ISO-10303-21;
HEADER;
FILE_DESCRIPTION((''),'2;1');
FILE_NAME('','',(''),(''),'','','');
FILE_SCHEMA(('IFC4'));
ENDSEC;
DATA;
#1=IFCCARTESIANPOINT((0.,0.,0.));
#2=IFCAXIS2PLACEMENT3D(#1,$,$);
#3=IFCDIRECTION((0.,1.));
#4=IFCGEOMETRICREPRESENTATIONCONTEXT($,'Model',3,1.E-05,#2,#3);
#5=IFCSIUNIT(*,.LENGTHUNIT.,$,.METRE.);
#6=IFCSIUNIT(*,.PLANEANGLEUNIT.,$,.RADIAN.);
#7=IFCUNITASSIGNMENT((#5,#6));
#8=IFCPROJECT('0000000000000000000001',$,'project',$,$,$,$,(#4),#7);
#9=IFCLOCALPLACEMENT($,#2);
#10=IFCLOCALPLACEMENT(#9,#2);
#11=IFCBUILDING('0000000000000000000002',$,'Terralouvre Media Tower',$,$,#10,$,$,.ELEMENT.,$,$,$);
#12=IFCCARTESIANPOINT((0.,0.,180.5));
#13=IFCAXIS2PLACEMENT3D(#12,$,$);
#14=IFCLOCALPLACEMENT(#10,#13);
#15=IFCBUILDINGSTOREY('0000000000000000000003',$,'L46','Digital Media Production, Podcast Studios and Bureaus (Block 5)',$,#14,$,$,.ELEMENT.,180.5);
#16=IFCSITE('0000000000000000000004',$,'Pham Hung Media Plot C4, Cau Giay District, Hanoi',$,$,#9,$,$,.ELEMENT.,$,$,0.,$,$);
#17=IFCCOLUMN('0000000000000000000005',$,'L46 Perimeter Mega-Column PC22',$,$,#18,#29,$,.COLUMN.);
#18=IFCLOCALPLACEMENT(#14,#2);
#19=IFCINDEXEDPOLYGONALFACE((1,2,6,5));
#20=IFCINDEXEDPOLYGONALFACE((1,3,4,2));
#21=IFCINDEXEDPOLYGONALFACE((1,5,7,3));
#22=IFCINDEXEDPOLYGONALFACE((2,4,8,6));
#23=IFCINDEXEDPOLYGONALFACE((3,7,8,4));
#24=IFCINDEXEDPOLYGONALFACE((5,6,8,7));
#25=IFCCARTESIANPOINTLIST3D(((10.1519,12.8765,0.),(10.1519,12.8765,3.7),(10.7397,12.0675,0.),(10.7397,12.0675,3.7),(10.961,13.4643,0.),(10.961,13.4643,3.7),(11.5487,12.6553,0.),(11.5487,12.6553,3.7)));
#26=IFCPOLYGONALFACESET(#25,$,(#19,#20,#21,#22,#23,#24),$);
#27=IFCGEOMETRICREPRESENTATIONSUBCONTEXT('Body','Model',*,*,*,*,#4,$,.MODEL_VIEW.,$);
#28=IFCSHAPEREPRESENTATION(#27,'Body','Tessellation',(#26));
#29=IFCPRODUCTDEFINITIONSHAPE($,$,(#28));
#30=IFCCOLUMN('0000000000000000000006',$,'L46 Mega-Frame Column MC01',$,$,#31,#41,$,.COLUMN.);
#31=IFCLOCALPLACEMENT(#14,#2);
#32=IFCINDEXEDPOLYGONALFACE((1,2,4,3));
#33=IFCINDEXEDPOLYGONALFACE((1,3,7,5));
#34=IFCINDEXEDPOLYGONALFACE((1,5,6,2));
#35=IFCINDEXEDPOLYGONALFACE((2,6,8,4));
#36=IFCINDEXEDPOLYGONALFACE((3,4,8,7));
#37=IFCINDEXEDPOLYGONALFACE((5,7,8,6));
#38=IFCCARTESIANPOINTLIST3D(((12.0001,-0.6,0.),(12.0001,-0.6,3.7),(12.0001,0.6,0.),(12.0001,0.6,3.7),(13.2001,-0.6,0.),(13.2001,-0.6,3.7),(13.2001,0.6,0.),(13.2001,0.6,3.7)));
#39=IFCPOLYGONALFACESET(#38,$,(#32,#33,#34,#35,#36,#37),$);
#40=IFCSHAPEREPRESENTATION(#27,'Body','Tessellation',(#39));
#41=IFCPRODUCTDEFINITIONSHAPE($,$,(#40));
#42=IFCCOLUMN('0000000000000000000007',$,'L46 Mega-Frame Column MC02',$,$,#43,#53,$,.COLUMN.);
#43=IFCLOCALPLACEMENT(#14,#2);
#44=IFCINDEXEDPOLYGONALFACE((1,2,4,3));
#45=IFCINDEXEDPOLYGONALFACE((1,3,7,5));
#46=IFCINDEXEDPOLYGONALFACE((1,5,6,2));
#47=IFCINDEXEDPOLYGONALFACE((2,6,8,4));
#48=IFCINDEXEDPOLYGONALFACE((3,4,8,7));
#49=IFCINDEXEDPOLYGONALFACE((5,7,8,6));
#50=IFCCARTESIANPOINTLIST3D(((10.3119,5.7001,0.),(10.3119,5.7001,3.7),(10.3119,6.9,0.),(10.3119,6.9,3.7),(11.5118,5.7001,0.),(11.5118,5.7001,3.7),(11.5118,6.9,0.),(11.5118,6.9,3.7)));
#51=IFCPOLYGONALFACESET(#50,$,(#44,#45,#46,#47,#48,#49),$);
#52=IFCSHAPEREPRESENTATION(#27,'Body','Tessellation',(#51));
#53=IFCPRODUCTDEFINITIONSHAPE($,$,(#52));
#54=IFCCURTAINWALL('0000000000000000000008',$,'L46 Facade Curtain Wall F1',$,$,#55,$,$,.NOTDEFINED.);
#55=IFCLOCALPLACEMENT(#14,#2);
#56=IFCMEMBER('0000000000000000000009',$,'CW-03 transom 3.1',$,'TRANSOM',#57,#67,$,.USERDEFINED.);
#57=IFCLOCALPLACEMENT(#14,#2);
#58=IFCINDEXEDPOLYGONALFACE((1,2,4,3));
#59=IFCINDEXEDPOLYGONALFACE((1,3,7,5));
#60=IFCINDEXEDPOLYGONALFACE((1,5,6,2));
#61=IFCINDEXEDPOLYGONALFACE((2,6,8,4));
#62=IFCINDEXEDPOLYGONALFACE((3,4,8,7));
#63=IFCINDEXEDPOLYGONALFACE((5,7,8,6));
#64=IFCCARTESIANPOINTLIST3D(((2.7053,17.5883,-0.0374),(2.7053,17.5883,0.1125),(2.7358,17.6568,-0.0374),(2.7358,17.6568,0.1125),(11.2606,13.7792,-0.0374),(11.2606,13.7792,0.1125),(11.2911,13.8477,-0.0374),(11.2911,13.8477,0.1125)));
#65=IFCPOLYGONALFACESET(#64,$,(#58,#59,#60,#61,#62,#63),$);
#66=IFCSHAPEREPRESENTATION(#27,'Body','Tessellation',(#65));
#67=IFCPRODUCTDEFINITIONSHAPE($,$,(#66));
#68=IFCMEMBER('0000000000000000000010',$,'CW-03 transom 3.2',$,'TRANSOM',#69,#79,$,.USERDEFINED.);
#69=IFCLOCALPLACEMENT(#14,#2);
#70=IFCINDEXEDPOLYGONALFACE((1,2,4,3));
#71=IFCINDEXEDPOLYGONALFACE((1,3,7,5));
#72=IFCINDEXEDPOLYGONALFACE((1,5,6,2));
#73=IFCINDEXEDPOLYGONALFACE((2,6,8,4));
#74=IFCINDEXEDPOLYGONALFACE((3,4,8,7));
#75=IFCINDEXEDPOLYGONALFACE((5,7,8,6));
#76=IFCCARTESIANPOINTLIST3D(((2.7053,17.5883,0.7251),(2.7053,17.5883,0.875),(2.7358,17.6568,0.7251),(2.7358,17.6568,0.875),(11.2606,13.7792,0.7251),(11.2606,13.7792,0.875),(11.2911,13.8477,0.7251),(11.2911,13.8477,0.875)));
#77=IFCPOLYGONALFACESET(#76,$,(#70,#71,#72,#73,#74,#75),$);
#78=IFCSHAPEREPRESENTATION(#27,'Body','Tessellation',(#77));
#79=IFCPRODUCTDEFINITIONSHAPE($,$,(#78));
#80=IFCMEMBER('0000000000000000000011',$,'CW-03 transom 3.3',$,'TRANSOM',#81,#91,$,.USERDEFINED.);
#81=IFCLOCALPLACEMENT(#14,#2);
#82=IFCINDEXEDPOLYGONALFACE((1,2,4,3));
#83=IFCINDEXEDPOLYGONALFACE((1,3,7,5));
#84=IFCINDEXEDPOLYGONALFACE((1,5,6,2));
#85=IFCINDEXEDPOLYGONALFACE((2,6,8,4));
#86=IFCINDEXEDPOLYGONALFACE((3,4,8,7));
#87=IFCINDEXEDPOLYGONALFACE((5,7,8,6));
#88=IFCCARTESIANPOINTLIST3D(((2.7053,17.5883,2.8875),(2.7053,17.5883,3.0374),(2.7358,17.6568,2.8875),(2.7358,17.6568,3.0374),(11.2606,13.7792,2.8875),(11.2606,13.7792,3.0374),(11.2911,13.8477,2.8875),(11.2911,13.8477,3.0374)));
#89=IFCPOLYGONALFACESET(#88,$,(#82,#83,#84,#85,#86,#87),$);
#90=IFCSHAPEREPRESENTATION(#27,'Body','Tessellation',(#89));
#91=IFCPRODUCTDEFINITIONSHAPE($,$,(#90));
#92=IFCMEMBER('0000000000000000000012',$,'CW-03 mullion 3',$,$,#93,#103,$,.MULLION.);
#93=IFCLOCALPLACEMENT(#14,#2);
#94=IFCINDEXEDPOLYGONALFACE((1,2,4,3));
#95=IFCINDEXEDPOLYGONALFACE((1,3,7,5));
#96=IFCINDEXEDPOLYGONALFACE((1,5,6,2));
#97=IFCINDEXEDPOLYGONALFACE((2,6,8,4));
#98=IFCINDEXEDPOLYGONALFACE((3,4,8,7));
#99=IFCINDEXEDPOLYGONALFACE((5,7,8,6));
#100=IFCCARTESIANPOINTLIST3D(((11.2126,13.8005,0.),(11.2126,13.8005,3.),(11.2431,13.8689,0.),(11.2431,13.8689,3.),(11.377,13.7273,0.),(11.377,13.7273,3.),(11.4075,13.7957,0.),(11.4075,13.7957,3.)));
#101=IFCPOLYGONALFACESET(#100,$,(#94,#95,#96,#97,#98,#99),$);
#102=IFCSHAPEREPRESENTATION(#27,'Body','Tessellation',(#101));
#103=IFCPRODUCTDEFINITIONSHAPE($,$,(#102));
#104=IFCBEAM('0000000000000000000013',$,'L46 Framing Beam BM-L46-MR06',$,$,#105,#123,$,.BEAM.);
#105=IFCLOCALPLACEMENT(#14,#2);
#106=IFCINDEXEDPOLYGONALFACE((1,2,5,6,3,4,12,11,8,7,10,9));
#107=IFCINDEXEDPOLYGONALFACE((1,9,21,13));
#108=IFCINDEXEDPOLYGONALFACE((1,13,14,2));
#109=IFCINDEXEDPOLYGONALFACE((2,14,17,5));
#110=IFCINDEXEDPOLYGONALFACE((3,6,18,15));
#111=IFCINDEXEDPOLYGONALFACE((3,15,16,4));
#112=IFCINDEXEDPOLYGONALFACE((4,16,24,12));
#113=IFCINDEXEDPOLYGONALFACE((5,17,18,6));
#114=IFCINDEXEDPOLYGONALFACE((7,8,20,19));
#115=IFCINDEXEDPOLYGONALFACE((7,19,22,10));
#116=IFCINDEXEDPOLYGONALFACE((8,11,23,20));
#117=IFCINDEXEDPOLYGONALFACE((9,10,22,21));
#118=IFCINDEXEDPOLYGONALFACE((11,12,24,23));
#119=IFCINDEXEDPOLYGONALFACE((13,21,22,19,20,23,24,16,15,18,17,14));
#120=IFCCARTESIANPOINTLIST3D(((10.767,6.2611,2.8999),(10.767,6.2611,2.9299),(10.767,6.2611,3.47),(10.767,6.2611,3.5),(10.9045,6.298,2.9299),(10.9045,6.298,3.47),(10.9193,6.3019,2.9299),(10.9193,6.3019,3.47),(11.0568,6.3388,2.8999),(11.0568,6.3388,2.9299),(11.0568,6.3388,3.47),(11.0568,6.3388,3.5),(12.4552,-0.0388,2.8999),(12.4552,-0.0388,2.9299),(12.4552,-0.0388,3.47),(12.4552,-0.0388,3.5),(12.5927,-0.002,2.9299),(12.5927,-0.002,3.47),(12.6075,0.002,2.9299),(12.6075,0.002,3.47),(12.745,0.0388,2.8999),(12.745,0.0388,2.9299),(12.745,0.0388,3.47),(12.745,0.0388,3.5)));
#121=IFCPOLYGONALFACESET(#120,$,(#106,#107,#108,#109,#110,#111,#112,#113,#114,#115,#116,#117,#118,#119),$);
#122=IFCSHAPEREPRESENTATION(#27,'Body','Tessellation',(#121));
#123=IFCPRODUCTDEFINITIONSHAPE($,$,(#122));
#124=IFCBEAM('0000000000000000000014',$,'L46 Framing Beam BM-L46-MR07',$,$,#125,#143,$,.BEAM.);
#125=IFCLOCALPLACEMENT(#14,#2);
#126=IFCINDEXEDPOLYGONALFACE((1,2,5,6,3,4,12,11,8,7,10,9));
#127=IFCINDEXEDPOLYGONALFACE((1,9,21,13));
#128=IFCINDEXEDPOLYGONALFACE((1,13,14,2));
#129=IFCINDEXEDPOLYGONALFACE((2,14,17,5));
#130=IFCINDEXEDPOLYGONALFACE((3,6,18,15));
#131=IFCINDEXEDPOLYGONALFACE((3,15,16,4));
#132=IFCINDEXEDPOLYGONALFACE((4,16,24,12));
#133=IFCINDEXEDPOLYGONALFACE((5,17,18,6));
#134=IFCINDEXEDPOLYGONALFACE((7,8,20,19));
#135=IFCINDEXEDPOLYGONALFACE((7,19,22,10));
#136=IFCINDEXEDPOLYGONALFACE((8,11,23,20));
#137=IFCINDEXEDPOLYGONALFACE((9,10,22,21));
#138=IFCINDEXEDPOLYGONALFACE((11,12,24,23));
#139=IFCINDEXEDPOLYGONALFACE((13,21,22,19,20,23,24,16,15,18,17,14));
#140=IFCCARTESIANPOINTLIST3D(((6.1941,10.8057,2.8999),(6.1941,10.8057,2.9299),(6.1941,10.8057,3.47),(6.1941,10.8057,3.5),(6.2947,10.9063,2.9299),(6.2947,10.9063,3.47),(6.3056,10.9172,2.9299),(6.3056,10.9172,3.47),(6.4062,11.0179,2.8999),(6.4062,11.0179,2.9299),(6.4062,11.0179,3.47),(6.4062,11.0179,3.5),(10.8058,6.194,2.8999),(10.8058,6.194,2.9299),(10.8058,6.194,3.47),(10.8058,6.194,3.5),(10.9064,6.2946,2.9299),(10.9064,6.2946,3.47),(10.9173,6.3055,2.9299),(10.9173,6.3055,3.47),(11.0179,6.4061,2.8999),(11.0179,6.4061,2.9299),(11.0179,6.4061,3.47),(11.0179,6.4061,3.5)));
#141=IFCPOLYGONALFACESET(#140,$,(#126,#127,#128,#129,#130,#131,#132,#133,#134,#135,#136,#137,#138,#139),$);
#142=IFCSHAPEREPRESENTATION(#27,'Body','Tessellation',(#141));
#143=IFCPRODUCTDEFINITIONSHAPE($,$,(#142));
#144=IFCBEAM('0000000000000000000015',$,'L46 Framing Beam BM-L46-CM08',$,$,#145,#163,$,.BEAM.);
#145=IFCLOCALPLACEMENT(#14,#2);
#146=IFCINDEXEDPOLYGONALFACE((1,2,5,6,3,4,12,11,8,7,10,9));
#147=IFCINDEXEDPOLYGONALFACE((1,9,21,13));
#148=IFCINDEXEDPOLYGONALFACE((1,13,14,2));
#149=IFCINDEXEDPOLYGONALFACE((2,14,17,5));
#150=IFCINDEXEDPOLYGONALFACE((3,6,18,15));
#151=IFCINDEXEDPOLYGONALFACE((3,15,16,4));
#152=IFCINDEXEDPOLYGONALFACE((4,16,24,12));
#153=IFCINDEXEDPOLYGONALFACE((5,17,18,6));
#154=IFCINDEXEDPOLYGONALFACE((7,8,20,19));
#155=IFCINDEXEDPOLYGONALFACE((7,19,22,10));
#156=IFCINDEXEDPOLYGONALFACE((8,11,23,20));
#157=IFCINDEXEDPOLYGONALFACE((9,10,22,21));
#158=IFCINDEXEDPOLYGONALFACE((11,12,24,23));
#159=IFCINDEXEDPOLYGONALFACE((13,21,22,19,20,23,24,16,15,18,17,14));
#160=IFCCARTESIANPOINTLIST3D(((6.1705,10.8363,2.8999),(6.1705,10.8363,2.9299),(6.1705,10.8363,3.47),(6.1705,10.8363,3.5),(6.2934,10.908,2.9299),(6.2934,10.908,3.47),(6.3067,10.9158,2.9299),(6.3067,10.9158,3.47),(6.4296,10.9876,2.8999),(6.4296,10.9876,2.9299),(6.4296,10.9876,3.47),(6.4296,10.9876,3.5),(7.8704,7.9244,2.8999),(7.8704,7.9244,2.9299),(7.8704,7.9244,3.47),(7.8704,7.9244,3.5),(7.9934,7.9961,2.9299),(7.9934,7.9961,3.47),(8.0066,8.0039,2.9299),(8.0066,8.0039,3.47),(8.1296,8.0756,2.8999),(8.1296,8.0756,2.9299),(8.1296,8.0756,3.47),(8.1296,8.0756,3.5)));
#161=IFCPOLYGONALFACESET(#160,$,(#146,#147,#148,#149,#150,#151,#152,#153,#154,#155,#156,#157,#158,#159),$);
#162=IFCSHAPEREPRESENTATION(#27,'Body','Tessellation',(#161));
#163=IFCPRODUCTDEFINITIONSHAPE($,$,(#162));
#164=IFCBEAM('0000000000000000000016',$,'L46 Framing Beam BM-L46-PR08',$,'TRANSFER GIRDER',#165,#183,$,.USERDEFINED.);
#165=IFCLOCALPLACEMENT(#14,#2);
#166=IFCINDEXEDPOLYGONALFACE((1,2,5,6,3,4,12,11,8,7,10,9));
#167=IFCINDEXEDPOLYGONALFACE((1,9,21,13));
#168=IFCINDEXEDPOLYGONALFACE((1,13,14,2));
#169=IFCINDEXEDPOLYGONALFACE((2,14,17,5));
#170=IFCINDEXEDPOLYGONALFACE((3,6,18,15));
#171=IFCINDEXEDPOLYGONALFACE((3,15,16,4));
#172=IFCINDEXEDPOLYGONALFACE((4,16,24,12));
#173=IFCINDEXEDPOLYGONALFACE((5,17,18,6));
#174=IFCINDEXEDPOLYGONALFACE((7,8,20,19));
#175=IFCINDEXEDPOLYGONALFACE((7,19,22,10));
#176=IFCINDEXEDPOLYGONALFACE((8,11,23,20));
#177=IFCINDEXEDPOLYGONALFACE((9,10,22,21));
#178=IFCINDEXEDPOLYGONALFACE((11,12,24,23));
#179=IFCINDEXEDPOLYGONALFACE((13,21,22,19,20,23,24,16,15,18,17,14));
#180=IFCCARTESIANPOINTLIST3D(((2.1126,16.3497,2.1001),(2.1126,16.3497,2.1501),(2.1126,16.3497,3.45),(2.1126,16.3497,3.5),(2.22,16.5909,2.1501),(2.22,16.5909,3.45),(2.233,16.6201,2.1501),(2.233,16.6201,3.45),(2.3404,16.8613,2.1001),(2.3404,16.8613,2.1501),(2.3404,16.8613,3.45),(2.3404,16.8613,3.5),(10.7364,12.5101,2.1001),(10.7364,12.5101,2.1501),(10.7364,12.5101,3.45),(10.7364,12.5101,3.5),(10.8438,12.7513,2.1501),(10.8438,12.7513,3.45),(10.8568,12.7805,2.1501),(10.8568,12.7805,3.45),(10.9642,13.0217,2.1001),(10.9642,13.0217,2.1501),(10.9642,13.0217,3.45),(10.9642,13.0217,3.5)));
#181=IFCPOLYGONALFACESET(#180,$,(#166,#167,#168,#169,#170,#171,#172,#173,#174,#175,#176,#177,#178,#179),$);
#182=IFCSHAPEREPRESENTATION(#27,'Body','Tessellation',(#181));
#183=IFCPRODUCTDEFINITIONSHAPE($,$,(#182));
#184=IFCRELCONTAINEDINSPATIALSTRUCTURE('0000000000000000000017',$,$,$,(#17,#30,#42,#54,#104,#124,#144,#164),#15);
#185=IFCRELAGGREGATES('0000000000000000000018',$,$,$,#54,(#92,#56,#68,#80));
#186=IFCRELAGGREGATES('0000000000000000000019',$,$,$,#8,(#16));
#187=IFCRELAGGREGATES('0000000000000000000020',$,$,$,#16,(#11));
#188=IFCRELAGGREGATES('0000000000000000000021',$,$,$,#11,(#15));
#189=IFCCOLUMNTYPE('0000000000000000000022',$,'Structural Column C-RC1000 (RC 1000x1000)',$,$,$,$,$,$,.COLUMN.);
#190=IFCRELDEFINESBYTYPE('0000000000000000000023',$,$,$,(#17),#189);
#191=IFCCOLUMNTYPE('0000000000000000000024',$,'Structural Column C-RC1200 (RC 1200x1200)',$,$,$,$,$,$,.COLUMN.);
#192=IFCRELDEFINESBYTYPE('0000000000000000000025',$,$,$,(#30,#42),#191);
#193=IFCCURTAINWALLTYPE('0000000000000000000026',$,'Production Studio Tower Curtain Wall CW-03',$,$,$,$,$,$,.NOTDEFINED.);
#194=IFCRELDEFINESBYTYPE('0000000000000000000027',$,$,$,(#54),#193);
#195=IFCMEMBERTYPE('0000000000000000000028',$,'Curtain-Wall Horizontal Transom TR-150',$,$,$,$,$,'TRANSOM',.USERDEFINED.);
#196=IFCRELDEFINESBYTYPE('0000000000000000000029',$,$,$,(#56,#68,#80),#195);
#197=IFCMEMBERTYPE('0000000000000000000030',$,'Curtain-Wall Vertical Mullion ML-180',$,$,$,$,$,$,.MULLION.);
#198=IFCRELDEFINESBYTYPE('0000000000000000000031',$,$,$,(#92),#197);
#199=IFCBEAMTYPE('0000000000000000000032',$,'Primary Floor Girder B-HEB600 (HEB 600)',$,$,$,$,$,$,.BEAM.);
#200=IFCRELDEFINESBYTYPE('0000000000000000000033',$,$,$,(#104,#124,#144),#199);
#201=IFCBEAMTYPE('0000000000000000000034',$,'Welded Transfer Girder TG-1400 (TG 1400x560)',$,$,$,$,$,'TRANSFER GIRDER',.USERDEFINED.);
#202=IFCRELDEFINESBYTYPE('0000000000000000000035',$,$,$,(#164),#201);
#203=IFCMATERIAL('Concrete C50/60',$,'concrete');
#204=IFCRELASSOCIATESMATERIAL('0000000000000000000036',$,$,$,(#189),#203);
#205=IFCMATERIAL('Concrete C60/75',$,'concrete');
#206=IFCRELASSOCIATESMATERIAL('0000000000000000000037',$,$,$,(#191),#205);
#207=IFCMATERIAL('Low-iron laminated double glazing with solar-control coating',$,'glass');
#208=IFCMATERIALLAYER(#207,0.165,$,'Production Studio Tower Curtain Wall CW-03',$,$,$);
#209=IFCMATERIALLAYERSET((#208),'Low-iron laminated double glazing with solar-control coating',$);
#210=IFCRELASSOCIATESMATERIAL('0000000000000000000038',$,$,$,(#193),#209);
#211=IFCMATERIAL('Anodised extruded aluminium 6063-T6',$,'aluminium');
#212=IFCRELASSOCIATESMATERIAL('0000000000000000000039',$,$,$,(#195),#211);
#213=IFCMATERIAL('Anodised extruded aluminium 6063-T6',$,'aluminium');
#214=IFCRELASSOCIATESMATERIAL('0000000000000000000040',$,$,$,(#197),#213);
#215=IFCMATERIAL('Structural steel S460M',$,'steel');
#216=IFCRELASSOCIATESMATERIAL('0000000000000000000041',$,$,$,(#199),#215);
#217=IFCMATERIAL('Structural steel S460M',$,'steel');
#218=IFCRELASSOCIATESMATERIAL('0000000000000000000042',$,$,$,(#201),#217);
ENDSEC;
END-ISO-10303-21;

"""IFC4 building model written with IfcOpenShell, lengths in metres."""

from ifc_helpers import new_model, si_unit, direction, frame, origin, origin_2d, place, context, subcontext, project, spatial, rectangle, i_section, extrude, material, layer, layer_set, material_profile, profile_set, type_object, element, aggregate, save


model = new_model("IFC4")

# Units and contexts
model_context = context("Model", 3, precision=1e-05, world=origin(), true_north=direction((0.0, 1.0)))
body_context = subcontext(model_context, "Body", "Model", "MODEL_VIEW")
ifc_project = project(units=[si_unit("LENGTHUNIT", "METRE"), si_unit("PLANEANGLEUNIT", "RADIAN")], contexts=[model_context])

# Site, building, storey
site_placement = place(None, origin())
site = spatial("IfcSite", under=ifc_project, at=site_placement, Name="Pham Hung Media Plot C4, Cau Giay District, Hanoi", CompositionType="ELEMENT", RefElevation=0.0)
building_placement = place(site_placement, origin())
building = spatial("IfcBuilding", under=site, at=building_placement, Name="Terralouvre Media Tower", CompositionType="ELEMENT")
storey_placement = place(building_placement, frame((0.0, 0.0, 180.5)))
storey = spatial("IfcBuildingStorey", under=building, at=storey_placement, Name="L46", Description="Digital Media Production, Podcast Studios and Bureaus (Block 5)", CompositionType="ELEMENT", Elevation=180.5)

# Columns
ifc_material_1 = material(Name="Concrete C50/60", Category="concrete")
ifc_material_profile_1 = material_profile(ifc_material_1, rectangle(XDim=1.0, YDim=1.0, at=origin_2d()), Name="RC 1000x1000")
ifc_profile_set_1 = profile_set([ifc_material_profile_1], Name="Concrete C50/60")
column_type_1 = type_object("IfcColumnType", Name="Structural Column C-RC1000 (RC 1000x1000)", PredefinedType="COLUMN", material=ifc_profile_set_1)
column_placement = place(storey_placement, frame((10.8503, 12.7659, 0.0), z_axis=(0.0, 0.0, 1.0), x_axis=(0.809017, 0.587785, 0.0)))
element("IfcColumn", 1, at=column_placement, inside=storey, type_object=column_type_1, Name="L46 Perimeter Mega-Column PC22", PredefinedType="COLUMN", context=body_context, shape_type="SweptSolid", body=[
    extrude(rectangle(XDim=1.0, YDim=1.0, at=origin_2d()), origin(), (0.0, 0.0, 1.0), 3.7),
])
ifc_material_2 = material(Name="Concrete C60/75", Category="concrete")
ifc_material_profile_2 = material_profile(ifc_material_2, rectangle(XDim=1.2, YDim=1.2, at=origin_2d()), Name="RC 1200x1200")
ifc_profile_set_2 = profile_set([ifc_material_profile_2], Name="Concrete C60/75")
column_type_2 = type_object("IfcColumnType", Name="Structural Column C-RC1200 (RC 1200x1200)", PredefinedType="COLUMN", material=ifc_profile_set_2)
for number, where, z_axis, x_axis, name in (
    (2, (12.6001, 0.0, 0.0), (0.0, 0.0, 1.0), (1.0, 0.0, 0.0), "L46 Mega-Frame Column MC01"),
    (3, (10.9119, 6.3, 0.0), (0.0, 0.0, 1.0), (1.0, 0.0, 0.0), "L46 Mega-Frame Column MC02"),
):
    element("IfcColumn", number, at=place(storey_placement, frame(where, z_axis=z_axis, x_axis=x_axis)), inside=storey, type_object=column_type_2, Name=name, PredefinedType="COLUMN", context=body_context, shape_type="SweptSolid", body=[
        extrude(rectangle(XDim=1.2, YDim=1.2, at=origin_2d()), origin(), (0.0, 0.0, 1.0), 3.7),
    ])

# Curtain wall, members
ifc_material_3 = material(Name="Low-iron laminated double glazing with solar-control coating", Category="glass")
ifc_layer_1 = layer(ifc_material_3, 0.165, Name="Production Studio Tower Curtain Wall CW-03")
ifc_layer_set_1 = layer_set([ifc_layer_1], Name="Low-iron laminated double glazing with solar-control coating")
curtain_wall_type = type_object("IfcCurtainWallType", Name="Production Studio Tower Curtain Wall CW-03", PredefinedType="NOTDEFINED", material=ifc_layer_set_1)
curtain_wall_placement = place(storey_placement, origin())
curtain_wall = element("IfcCurtainWall", 4, at=curtain_wall_placement, inside=storey, type_object=curtain_wall_type, Name="L46 Facade Curtain Wall F1", PredefinedType="NOTDEFINED")
ifc_material_4 = material(Name="Anodised extruded aluminium 6063-T6", Category="aluminium")
ifc_material_profile_3 = material_profile(ifc_material_4, rectangle(XDim=0.075, YDim=0.1499, at=origin_2d()), Name="ALU 75x150")
ifc_profile_set_3 = profile_set([ifc_material_profile_3], Name="Anodised extruded aluminium 6063-T6")
member_type_1 = type_object("IfcMemberType", Name="Curtain-Wall Horizontal Transom TR-150", ElementType="TRANSOM", PredefinedType="USERDEFINED", material=ifc_profile_set_3)
member_1_placement = place(storey_placement, frame((11.2759, 13.8135, 0.0376), z_axis=(-0.913547, 0.406733, 0.0), x_axis=(-0.406733, -0.913547, 0.0)))
member_1 = element("IfcMember", 5, at=member_1_placement, type_object=member_type_1, Name="CW-03 transom 3.1", ObjectType="TRANSOM", PredefinedType="USERDEFINED", context=body_context, shape_type="SweptSolid", body=[
    extrude(rectangle(XDim=0.075, YDim=0.1499, at=origin_2d()), origin(), (0.0, 0.0, 1.0), 9.365),
])
member_2_placement = place(storey_placement, frame((11.2759, 13.8135, 0.8), z_axis=(-0.913547, 0.406733, 0.0), x_axis=(-0.406733, -0.913547, 0.0)))
member_2 = element("IfcMember", 6, at=member_2_placement, type_object=member_type_1, Name="CW-03 transom 3.2", ObjectType="TRANSOM", PredefinedType="USERDEFINED", context=body_context, shape_type="SweptSolid", body=[
    extrude(rectangle(XDim=0.075, YDim=0.1499, at=origin_2d()), origin(), (0.0, 0.0, 1.0), 9.365),
])
member_3_placement = place(storey_placement, frame((11.2759, 13.8135, 2.9624), z_axis=(-0.913547, 0.406733, 0.0), x_axis=(-0.406733, -0.913547, 0.0)))
member_3 = element("IfcMember", 7, at=member_3_placement, type_object=member_type_1, Name="CW-03 transom 3.3", ObjectType="TRANSOM", PredefinedType="USERDEFINED", context=body_context, shape_type="SweptSolid", body=[
    extrude(rectangle(XDim=0.075, YDim=0.1499, at=origin_2d()), origin(), (0.0, 0.0, 1.0), 9.365),
])
ifc_material_5 = material(Name="Anodised extruded aluminium 6063-T6", Category="aluminium")
ifc_material_profile_4 = material_profile(ifc_material_5, rectangle(XDim=0.075, YDim=0.1799, at=origin_2d()), Name="ALU 75x180")
ifc_profile_set_4 = profile_set([ifc_material_profile_4], Name="Anodised extruded aluminium 6063-T6")
member_type_2 = type_object("IfcMemberType", Name="Curtain-Wall Vertical Mullion ML-180", PredefinedType="MULLION", material=ifc_profile_set_4)
member_4_placement = place(storey_placement, frame((11.3101, 13.7981, 0.0), z_axis=(0.0, 0.0, 1.0), x_axis=(-0.406737, -0.913545, 0.0)))
member_4 = element("IfcMember", 8, at=member_4_placement, type_object=member_type_2, Name="CW-03 mullion 3", PredefinedType="MULLION", context=body_context, shape_type="SweptSolid", body=[
    extrude(rectangle(XDim=0.075, YDim=0.1799, at=origin_2d()), origin(), (0.0, 0.0, 1.0), 3.0),
])

# Beams
ifc_material_6 = material(Name="Structural steel S460M", Category="steel")
ifc_material_profile_5 = material_profile(ifc_material_6, i_section(OverallWidth=0.3, OverallDepth=0.6001, WebThickness=0.0154, FlangeThickness=0.03, at=origin_2d()), Name="HEB 600")
ifc_profile_set_5 = profile_set([ifc_material_profile_5], Name="Structural steel S460M")
beam_type_1 = type_object("IfcBeamType", Name="Primary Floor Girder B-HEB600 (HEB 600)", PredefinedType="BEAM", material=ifc_profile_set_5)
beam_1_placement = place(storey_placement, frame((12.6001, 0.0, 3.2), z_axis=(-0.258839, 0.96592, 0.0), x_axis=(-0.96592, -0.258839, 0.0)))
element("IfcBeam", 9, at=beam_1_placement, inside=storey, type_object=beam_type_1, Name="L46 Framing Beam BM-L46-MR06", PredefinedType="BEAM", context=body_context, shape_type="SweptSolid", body=[
    extrude(i_section(OverallWidth=0.3, OverallDepth=0.6001, WebThickness=0.0154, FlangeThickness=0.03, at=origin_2d()), origin(), (0.0, 0.0, 1.0), 6.5222),
])
beam_2_placement = place(storey_placement, frame((10.9119, 6.3, 3.2), z_axis=(-0.707107, 0.707107, 0.0), x_axis=(-0.707107, -0.707107, 0.0)))
element("IfcBeam", 10, at=beam_2_placement, inside=storey, type_object=beam_type_1, Name="L46 Framing Beam BM-L46-MR07", PredefinedType="BEAM", context=body_context, shape_type="SweptSolid", body=[
    extrude(i_section(OverallWidth=0.3, OverallDepth=0.6001, WebThickness=0.0154, FlangeThickness=0.03, at=origin_2d()), origin(), (0.0, 0.0, 1.0), 6.522),
])
beam_3_placement = place(storey_placement, frame((8.0, 8.0, 3.2), z_axis=(-0.504173, 0.863603, 0.0), x_axis=(-0.863603, -0.504173, 0.0)))
element("IfcBeam", 11, at=beam_3_placement, inside=storey, type_object=beam_type_1, Name="L46 Framing Beam BM-L46-CM08", PredefinedType="BEAM", context=body_context, shape_type="SweptSolid", body=[
    extrude(i_section(OverallWidth=0.3, OverallDepth=0.6001, WebThickness=0.0154, FlangeThickness=0.03, at=origin_2d()), origin(), (0.0, 0.0, 1.0), 3.3718),
])
ifc_material_7 = material(Name="Structural steel S460M", Category="steel")
ifc_material_profile_6 = material_profile(ifc_material_7, i_section(OverallWidth=0.5601, OverallDepth=1.3999, WebThickness=0.032, FlangeThickness=0.05, at=origin_2d()), Name="TG 1400x560")
ifc_profile_set_6 = profile_set([ifc_material_profile_6], Name="Structural steel S460M")
beam_type_2 = type_object("IfcBeamType", Name="Welded Transfer Girder TG-1400 (TG 1400x560)", ElementType="TRANSFER GIRDER", PredefinedType="USERDEFINED", material=ifc_profile_set_6)
beam_4_placement = place(storey_placement, frame((10.8503, 12.7659, 2.8), z_axis=(-0.913544, 0.406741, 0.0), x_axis=(-0.406741, -0.913544, 0.0)))
element("IfcBeam", 12, at=beam_4_placement, inside=storey, type_object=beam_type_2, Name="L46 Framing Beam BM-L46-PR08", ObjectType="TRANSFER GIRDER", PredefinedType="USERDEFINED", context=body_context, shape_type="SweptSolid", body=[
    extrude(i_section(OverallWidth=0.5601, OverallDepth=1.3999, WebThickness=0.032, FlangeThickness=0.05, at=origin_2d()), origin(), (0.0, 0.0, 1.0), 9.4399),
])

aggregate(curtain_wall, [member_4, member_1, member_2, member_3])

save(model, "model.ifc")
